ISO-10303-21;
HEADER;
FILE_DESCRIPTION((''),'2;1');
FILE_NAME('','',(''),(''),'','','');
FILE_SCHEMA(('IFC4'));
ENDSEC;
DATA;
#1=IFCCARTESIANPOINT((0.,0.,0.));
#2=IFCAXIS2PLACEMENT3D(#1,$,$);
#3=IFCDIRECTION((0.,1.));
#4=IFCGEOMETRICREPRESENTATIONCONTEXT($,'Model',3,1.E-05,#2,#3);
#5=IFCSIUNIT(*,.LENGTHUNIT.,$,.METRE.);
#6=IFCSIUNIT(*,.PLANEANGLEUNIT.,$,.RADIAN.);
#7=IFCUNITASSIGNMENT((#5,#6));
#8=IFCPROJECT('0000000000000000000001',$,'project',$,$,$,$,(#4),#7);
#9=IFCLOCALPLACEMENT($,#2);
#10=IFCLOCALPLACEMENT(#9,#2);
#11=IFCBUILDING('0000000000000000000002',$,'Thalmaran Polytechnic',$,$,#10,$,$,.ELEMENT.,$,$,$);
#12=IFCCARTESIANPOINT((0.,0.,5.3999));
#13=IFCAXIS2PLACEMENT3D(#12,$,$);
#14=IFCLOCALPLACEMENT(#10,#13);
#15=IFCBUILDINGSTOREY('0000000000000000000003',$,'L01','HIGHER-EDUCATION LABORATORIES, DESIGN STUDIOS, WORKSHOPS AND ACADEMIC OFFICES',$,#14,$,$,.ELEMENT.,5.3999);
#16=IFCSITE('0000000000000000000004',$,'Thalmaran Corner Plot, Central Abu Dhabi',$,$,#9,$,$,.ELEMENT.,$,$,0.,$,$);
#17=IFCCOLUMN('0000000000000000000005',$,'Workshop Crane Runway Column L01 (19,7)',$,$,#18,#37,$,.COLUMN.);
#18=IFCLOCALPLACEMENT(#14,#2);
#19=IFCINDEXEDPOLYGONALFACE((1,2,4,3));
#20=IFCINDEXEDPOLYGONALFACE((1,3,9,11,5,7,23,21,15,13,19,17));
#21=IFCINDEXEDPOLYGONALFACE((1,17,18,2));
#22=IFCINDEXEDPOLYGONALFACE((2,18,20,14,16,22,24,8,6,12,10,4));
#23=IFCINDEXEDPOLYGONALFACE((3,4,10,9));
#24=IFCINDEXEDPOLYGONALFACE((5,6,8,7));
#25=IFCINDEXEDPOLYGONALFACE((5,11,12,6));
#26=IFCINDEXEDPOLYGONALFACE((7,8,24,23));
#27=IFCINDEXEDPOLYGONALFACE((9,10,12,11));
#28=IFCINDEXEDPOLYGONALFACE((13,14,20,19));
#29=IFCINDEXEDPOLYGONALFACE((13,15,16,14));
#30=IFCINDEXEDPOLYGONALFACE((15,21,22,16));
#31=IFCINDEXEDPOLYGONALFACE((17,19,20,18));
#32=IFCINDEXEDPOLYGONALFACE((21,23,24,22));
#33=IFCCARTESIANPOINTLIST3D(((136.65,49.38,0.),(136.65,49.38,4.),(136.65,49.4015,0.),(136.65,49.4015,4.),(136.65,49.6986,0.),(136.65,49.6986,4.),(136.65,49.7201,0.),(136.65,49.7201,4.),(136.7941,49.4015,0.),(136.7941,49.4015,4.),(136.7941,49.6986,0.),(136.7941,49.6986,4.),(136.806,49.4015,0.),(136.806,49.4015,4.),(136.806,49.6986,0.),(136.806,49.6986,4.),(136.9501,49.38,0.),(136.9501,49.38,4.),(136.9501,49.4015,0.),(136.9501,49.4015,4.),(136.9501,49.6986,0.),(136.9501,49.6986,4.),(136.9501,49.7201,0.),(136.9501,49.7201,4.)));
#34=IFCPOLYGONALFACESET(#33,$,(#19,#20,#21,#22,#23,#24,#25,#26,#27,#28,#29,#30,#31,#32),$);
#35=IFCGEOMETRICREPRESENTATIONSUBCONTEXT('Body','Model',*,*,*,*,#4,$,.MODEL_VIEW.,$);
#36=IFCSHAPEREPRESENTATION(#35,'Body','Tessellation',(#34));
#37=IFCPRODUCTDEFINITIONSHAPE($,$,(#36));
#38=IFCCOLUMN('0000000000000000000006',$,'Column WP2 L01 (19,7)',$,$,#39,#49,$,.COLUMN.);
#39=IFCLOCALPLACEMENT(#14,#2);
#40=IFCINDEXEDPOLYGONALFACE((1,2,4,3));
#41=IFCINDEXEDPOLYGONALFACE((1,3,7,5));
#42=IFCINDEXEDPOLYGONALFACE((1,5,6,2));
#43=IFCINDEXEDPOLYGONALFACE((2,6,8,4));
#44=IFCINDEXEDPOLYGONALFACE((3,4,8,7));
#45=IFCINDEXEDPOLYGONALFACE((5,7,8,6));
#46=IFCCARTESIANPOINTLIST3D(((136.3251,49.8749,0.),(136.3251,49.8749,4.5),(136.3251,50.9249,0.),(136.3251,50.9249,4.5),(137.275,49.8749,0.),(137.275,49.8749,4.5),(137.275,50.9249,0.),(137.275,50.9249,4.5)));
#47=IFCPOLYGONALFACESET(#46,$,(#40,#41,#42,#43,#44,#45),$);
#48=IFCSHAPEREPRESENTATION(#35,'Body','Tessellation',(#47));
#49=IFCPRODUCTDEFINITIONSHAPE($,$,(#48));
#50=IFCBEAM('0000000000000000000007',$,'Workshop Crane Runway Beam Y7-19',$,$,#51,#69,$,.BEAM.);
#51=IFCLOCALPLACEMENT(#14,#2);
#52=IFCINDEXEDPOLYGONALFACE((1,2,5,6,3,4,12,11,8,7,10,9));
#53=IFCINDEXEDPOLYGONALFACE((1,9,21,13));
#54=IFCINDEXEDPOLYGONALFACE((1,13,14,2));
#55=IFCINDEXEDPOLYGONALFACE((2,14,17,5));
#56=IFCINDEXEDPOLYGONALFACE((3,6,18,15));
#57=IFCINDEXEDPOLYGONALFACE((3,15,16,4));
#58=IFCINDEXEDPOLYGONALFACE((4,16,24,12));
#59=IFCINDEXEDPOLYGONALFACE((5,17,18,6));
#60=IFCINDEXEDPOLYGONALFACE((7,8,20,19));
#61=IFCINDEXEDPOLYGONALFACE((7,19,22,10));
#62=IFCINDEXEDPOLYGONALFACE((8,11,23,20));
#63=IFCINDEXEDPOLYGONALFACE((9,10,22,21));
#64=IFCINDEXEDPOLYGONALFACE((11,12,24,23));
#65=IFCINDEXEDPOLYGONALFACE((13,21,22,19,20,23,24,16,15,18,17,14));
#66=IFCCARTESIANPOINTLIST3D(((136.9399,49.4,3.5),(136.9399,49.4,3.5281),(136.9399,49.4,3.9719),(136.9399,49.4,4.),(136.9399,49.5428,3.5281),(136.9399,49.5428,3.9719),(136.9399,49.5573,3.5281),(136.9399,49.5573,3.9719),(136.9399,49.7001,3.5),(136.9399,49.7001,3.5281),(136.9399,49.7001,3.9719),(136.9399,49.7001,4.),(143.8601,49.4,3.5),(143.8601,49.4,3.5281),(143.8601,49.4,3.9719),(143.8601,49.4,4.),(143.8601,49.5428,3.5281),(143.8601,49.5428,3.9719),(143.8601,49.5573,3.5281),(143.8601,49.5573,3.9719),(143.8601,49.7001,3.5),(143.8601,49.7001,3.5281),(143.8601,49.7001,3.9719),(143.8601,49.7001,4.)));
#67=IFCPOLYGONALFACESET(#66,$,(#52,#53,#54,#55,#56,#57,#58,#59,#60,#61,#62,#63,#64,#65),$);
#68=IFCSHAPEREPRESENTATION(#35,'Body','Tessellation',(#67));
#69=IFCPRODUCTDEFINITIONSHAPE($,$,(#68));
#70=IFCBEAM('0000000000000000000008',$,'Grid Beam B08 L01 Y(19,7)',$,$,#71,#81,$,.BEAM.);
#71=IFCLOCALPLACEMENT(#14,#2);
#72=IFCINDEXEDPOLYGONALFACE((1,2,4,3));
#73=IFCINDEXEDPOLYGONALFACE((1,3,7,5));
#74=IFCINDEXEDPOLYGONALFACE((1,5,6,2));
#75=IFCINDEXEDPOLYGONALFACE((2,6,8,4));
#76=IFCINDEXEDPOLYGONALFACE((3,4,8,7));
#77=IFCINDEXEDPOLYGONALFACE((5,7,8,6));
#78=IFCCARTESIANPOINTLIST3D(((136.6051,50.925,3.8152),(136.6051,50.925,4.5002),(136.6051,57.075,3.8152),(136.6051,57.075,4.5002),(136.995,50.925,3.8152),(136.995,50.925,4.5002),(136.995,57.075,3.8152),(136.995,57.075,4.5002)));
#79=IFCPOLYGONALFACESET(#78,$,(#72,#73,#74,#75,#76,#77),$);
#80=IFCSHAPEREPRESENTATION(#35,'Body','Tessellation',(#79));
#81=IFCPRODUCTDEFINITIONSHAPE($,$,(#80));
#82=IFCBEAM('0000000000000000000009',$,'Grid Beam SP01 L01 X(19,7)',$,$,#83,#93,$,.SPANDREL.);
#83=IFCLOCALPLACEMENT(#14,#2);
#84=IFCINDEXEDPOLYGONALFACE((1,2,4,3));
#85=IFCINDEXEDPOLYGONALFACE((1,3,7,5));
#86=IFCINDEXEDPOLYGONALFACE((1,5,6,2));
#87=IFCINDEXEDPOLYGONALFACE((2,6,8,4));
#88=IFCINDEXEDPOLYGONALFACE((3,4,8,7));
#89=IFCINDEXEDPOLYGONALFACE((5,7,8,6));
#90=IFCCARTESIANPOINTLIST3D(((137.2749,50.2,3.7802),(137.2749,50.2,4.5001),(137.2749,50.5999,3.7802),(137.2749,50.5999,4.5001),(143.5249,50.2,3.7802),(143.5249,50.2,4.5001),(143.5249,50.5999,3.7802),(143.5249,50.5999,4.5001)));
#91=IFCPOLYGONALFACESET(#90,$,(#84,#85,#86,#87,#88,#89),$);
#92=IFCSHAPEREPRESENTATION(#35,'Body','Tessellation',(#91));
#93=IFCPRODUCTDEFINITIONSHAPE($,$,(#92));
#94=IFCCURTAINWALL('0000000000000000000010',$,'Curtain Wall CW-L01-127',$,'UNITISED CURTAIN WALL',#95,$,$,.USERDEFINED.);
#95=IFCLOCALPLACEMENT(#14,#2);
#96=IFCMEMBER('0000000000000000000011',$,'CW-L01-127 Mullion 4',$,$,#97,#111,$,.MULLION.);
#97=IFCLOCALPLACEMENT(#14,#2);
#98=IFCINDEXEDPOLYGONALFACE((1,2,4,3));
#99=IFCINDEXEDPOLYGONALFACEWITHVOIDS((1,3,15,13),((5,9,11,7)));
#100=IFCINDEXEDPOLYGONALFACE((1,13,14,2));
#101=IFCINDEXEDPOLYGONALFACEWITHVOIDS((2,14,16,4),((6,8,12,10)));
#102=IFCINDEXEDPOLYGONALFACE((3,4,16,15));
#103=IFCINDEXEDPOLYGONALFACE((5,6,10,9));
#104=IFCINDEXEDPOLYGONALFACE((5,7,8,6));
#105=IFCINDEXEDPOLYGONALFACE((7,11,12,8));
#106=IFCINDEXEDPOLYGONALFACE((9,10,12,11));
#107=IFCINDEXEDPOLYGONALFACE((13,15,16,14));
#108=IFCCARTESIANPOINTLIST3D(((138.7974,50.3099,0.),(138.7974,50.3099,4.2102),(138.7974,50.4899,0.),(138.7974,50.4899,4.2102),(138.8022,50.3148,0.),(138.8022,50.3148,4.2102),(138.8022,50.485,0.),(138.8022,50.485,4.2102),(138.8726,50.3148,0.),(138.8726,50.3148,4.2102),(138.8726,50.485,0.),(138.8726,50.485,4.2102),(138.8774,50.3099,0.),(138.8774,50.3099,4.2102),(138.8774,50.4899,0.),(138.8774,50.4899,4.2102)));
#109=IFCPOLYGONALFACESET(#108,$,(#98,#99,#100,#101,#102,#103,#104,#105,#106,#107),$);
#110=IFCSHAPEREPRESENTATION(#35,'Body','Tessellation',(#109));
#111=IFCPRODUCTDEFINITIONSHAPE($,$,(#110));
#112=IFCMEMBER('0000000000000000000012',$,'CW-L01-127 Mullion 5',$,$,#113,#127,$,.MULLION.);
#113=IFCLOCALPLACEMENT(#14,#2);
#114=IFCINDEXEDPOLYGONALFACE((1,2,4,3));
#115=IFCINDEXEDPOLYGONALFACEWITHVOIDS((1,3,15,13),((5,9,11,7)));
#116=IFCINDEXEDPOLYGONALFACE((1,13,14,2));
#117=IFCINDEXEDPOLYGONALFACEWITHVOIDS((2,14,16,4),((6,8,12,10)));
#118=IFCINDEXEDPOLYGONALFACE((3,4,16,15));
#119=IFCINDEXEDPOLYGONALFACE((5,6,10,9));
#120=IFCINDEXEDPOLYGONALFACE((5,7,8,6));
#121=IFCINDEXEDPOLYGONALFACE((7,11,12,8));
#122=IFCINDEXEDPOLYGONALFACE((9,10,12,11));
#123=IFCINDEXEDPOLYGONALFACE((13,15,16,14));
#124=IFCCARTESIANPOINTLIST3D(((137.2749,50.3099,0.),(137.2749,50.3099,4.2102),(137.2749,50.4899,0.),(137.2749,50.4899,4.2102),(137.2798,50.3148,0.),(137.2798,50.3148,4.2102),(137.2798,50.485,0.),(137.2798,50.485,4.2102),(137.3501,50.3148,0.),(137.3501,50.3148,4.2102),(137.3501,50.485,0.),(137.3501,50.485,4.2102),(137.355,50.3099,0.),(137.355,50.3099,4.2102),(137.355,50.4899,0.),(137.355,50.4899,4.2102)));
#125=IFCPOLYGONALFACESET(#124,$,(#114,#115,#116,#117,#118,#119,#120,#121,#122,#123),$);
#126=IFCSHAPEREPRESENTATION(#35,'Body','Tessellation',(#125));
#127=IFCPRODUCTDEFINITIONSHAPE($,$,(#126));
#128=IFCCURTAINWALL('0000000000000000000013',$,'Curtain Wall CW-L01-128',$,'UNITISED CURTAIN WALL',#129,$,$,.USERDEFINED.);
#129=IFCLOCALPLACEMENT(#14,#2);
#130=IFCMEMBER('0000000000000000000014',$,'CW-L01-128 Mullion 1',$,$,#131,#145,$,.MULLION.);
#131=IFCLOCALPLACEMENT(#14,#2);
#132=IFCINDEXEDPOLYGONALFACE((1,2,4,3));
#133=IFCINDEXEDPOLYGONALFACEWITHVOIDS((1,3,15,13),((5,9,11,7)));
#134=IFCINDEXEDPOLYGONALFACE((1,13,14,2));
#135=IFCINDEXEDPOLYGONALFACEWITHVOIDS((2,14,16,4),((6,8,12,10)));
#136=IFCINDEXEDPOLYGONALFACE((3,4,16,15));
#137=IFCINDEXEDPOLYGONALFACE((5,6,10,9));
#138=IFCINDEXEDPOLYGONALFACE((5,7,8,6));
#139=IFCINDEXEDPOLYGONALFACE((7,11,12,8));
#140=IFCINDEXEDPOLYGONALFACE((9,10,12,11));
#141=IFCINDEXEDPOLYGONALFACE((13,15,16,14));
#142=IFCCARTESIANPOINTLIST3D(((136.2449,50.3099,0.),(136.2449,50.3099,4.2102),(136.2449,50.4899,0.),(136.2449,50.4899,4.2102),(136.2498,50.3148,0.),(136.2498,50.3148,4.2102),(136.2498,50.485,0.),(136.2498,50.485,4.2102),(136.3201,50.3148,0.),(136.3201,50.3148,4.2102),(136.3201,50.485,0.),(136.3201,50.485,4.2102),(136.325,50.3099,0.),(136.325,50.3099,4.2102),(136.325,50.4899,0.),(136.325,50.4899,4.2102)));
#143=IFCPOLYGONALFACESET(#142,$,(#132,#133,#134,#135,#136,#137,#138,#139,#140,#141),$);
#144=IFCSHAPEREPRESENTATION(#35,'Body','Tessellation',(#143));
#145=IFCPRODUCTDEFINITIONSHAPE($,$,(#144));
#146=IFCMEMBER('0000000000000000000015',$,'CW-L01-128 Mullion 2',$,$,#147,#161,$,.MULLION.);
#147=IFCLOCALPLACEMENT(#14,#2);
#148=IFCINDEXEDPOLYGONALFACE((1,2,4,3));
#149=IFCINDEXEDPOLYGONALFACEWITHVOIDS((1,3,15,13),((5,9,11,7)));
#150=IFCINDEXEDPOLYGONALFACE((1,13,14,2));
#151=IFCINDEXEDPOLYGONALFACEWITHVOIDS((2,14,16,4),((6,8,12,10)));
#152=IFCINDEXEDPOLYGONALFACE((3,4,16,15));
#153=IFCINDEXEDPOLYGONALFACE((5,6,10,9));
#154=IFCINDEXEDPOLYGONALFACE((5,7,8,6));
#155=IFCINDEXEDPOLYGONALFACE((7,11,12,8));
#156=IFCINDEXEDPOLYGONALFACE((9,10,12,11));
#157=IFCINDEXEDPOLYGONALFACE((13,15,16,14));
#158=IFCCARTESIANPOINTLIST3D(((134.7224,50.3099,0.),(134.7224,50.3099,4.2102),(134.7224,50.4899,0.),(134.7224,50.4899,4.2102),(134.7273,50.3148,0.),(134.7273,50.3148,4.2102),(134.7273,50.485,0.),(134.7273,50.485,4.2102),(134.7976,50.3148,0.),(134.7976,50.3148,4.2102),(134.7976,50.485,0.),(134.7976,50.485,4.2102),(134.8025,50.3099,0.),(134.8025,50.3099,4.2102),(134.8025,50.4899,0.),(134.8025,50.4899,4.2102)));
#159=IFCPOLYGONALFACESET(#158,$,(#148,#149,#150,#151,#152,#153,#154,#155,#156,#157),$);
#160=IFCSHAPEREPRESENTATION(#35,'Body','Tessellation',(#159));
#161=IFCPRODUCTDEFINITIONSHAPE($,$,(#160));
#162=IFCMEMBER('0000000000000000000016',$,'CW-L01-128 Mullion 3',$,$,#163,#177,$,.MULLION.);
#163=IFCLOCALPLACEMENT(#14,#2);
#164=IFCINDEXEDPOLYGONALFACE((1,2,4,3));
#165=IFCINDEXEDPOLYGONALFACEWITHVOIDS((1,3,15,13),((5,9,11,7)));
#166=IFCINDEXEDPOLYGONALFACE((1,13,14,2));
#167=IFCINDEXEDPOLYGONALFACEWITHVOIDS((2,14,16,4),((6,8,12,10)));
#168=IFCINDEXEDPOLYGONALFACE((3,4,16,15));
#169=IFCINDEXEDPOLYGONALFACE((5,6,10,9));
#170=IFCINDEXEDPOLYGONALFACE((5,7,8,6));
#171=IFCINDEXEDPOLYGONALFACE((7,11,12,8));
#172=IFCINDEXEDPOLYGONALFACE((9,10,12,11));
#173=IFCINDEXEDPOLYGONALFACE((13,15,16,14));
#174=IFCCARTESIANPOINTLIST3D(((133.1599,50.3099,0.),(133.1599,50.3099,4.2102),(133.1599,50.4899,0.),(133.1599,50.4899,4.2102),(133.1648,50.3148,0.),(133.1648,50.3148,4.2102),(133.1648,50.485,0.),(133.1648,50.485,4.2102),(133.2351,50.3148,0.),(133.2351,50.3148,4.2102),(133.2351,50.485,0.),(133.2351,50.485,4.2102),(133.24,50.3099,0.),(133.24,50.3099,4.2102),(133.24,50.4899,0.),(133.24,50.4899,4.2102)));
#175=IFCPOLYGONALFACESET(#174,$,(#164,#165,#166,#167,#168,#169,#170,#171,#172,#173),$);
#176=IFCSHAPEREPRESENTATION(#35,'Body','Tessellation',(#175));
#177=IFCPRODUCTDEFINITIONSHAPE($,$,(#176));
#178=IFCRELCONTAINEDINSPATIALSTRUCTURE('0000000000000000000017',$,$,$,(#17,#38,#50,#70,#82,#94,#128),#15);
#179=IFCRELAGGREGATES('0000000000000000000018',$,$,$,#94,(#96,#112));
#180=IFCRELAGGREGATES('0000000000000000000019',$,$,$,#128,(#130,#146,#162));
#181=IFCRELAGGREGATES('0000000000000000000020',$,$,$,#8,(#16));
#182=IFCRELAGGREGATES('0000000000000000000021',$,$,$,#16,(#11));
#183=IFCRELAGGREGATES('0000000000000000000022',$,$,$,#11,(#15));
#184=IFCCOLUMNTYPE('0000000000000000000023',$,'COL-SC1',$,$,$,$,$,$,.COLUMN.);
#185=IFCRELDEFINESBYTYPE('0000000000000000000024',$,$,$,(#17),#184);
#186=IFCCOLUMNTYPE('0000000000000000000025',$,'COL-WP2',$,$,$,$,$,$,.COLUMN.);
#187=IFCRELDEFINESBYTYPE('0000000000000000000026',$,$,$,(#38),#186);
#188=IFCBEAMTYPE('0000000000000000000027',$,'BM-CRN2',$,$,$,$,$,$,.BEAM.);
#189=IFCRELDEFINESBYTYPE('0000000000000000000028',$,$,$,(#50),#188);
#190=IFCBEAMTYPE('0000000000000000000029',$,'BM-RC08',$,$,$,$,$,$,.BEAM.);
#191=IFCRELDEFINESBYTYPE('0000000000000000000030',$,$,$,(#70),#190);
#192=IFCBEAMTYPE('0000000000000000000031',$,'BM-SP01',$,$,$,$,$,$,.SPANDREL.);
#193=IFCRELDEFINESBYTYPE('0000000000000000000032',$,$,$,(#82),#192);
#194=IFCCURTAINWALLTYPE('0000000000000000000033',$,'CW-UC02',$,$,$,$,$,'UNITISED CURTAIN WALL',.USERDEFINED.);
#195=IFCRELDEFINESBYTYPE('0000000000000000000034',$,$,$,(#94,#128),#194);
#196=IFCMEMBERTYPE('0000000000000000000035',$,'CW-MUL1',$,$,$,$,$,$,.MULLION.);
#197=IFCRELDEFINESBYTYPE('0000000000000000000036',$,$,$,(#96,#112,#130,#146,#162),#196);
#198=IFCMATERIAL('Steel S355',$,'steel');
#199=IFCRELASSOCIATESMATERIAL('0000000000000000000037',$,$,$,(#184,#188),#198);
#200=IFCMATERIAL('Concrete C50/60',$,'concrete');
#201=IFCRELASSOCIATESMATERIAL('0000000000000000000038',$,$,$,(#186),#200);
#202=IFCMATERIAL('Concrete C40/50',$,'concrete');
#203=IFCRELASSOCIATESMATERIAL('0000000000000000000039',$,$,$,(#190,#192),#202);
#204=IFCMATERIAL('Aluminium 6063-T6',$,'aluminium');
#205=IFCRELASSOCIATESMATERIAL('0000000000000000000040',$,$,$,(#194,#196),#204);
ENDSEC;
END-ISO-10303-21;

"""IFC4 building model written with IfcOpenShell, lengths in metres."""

from ifc_helpers import new_model, si_unit, direction, frame, origin, origin_2d, place, context, subcontext, project, spatial, rectangle, hollow_rectangle, i_section, extrude, material, material_profile, profile_set, type_object, element, aggregate, save


model = new_model("IFC4")

# Units and contexts
model_context = context("Model", 3, precision=1e-05, world=origin(), true_north=direction((0.0, 1.0)))
body_context = subcontext(model_context, "Body", "Model", "MODEL_VIEW")
ifc_project = project(units=[si_unit("LENGTHUNIT", "METRE"), si_unit("PLANEANGLEUNIT", "RADIAN")], contexts=[model_context])

# Site, building, storey
site_placement = place(None, origin())
site = spatial("IfcSite", under=ifc_project, at=site_placement, Name="Thalmaran Corner Plot, Central Abu Dhabi", CompositionType="ELEMENT", RefElevation=0.0)
building_placement = place(site_placement, origin())
building = spatial("IfcBuilding", under=site, at=building_placement, Name="Thalmaran Polytechnic", CompositionType="ELEMENT")
storey_placement = place(building_placement, frame((0.0, 0.0, 5.3999)))
storey = spatial("IfcBuildingStorey", under=building, at=storey_placement, Name="L01", Description="HIGHER-EDUCATION LABORATORIES, DESIGN STUDIOS, WORKSHOPS AND ACADEMIC OFFICES", CompositionType="ELEMENT", Elevation=5.3999)

# Columns
ifc_material_1 = material(Name="Steel S355", Category="steel")
ifc_material_profile_1 = material_profile(ifc_material_1, i_section(OverallWidth=0.3, OverallDepth=0.3401, WebThickness=0.012, FlangeThickness=0.0215, at=origin_2d()), Name="HEB 340")
ifc_profile_set_1 = profile_set([ifc_material_profile_1], Name="Steel S355")
column_type_1 = type_object("IfcColumnType", Name="COL-SC1", PredefinedType="COLUMN", material=ifc_profile_set_1)
column_1_placement = place(storey_placement, frame((136.8, 49.55, 0.0), z_axis=(0.0, 0.0, 1.0), x_axis=(1.0, 0.0, 0.0)))
element("IfcColumn", 1, at=column_1_placement, inside=storey, type_object=column_type_1, Name="Workshop Crane Runway Column L01 (19,7)", PredefinedType="COLUMN", context=body_context, shape_type="SweptSolid", body=[
    extrude(i_section(OverallWidth=0.3, OverallDepth=0.3401, WebThickness=0.012, FlangeThickness=0.0215, at=origin_2d()), origin(), (0.0, 0.0, 1.0), 4.0),
])
ifc_material_2 = material(Name="Concrete C50/60", Category="concrete")
ifc_material_profile_2 = material_profile(ifc_material_2, rectangle(XDim=0.95, YDim=1.05, at=origin_2d()), Name="RC 950x1050")
ifc_profile_set_2 = profile_set([ifc_material_profile_2], Name="Concrete C50/60")
column_type_2 = type_object("IfcColumnType", Name="COL-WP2", PredefinedType="COLUMN", material=ifc_profile_set_2)
column_2_placement = place(storey_placement, frame((136.8, 50.3999, 0.0), z_axis=(0.0, 0.0, 1.0), x_axis=(1.0, 0.0, 0.0)))
element("IfcColumn", 2, at=column_2_placement, inside=storey, type_object=column_type_2, Name="Column WP2 L01 (19,7)", PredefinedType="COLUMN", context=body_context, shape_type="SweptSolid", body=[
    extrude(rectangle(XDim=0.95, YDim=1.05, at=origin_2d()), origin(), (0.0, 0.0, 1.0), 4.5),
])

# Beams
ifc_material_profile_3 = material_profile(ifc_material_1, i_section(OverallWidth=0.3, OverallDepth=0.5, WebThickness=0.0144, FlangeThickness=0.0281, at=origin_2d()), Name="HEB 500")
ifc_profile_set_3 = profile_set([ifc_material_profile_3], Name="Steel S355")
beam_type_1 = type_object("IfcBeamType", Name="BM-CRN2", PredefinedType="BEAM", material=ifc_profile_set_3)
beam_1_placement = place(storey_placement, frame((136.9399, 49.55, 3.75), z_axis=(1.0, 0.0, 0.0), x_axis=(0.0, 1.0, 0.0)))
element("IfcBeam", 3, at=beam_1_placement, inside=storey, type_object=beam_type_1, Name="Workshop Crane Runway Beam Y7-19", PredefinedType="BEAM", context=body_context, shape_type="SweptSolid", body=[
    extrude(i_section(OverallWidth=0.3, OverallDepth=0.5, WebThickness=0.0144, FlangeThickness=0.0281, at=origin_2d()), origin(), (0.0, 0.0, 1.0), 6.9202),
])
ifc_material_3 = material(Name="Concrete C40/50", Category="concrete")
ifc_material_profile_4 = material_profile(ifc_material_3, rectangle(XDim=0.3899, YDim=0.6851, at=origin_2d()), Name="RC 390x685")
ifc_profile_set_4 = profile_set([ifc_material_profile_4], Name="Concrete C40/50")
beam_type_2 = type_object("IfcBeamType", Name="BM-RC08", PredefinedType="BEAM", material=ifc_profile_set_4)
beam_2_placement = place(storey_placement, frame((136.8, 50.925, 4.1577), z_axis=(0.0, 1.0, 0.0), x_axis=(-1.0, 0.0, 0.0)))
element("IfcBeam", 4, at=beam_2_placement, inside=storey, type_object=beam_type_2, Name="Grid Beam B08 L01 Y(19,7)", PredefinedType="BEAM", context=body_context, shape_type="SweptSolid", body=[
    extrude(rectangle(XDim=0.3899, YDim=0.6851, at=origin_2d()), origin(), (0.0, 0.0, 1.0), 6.1499),
])
ifc_material_profile_5 = material_profile(ifc_material_3, rectangle(XDim=0.3999, YDim=0.72, at=origin_2d()), Name="RC 400x720")
ifc_profile_set_5 = profile_set([ifc_material_profile_5], Name="Concrete C40/50")
beam_type_3 = type_object("IfcBeamType", Name="BM-SP01", PredefinedType="SPANDREL", material=ifc_profile_set_5)
beam_3_placement = place(storey_placement, frame((137.2749, 50.3999, 4.1401), z_axis=(1.0, 0.0, 0.0), x_axis=(0.0, 1.0, 0.0)))
element("IfcBeam", 5, at=beam_3_placement, inside=storey, type_object=beam_type_3, Name="Grid Beam SP01 L01 X(19,7)", PredefinedType="SPANDREL", context=body_context, shape_type="SweptSolid", body=[
    extrude(rectangle(XDim=0.3999, YDim=0.72, at=origin_2d()), origin(), (0.0, 0.0, 1.0), 6.25),
])

# Curtain walls, members
ifc_material_4 = material(Name="Aluminium 6063-T6", Category="aluminium")
curtain_wall_type = type_object("IfcCurtainWallType", Name="CW-UC02", ElementType="UNITISED CURTAIN WALL", PredefinedType="USERDEFINED", material=ifc_material_4)
curtain_wall_1_placement = place(storey_placement, origin())
curtain_wall_1 = element("IfcCurtainWall", 6, at=curtain_wall_1_placement, inside=storey, type_object=curtain_wall_type, Name="Curtain Wall CW-L01-127", ObjectType="UNITISED CURTAIN WALL", PredefinedType="USERDEFINED")
ifc_material_profile_6 = material_profile(ifc_material_4, hollow_rectangle(XDim=0.0801, YDim=0.1799, WallThickness=0.0049, at=origin_2d()), Name="RHS 180x80x5.0")
ifc_profile_set_6 = profile_set([ifc_material_profile_6], Name="Aluminium 6063-T6")
member_type_1 = type_object("IfcMemberType", Name="CW-MUL1", PredefinedType="MULLION", material=ifc_profile_set_6)
member_1_placement = place(storey_placement, frame((138.8374, 50.3999, 0.0), z_axis=(0.0, 0.0, 1.0), x_axis=(1.0, 0.0, 0.0)))
member_1 = element("IfcMember", 7, at=member_1_placement, type_object=member_type_1, Name="CW-L01-127 Mullion 4", PredefinedType="MULLION", context=body_context, shape_type="SweptSolid", body=[
    extrude(hollow_rectangle(XDim=0.0801, YDim=0.1799, WallThickness=0.0049, at=origin_2d()), origin(), (0.0, 0.0, 1.0), 4.2102),
])
member_2_placement = place(storey_placement, frame((137.3149, 50.3999, 0.0), z_axis=(0.0, 0.0, 1.0), x_axis=(1.0, 0.0, 0.0)))
member_2 = element("IfcMember", 8, at=member_2_placement, type_object=member_type_1, Name="CW-L01-127 Mullion 5", PredefinedType="MULLION", context=body_context, shape_type="SweptSolid", body=[
    extrude(hollow_rectangle(XDim=0.0801, YDim=0.1799, WallThickness=0.0049, at=origin_2d()), origin(), (0.0, 0.0, 1.0), 4.2102),
])
curtain_wall_2_placement = place(storey_placement, origin())
curtain_wall_2 = element("IfcCurtainWall", 9, at=curtain_wall_2_placement, inside=storey, type_object=curtain_wall_type, Name="Curtain Wall CW-L01-128", ObjectType="UNITISED CURTAIN WALL", PredefinedType="USERDEFINED")
member_3_placement = place(storey_placement, frame((136.2849, 50.3999, 0.0), z_axis=(0.0, 0.0, 1.0), x_axis=(1.0, 0.0, 0.0)))
member_3 = element("IfcMember", 10, at=member_3_placement, type_object=member_type_1, Name="CW-L01-128 Mullion 1", PredefinedType="MULLION", context=body_context, shape_type="SweptSolid", body=[
    extrude(hollow_rectangle(XDim=0.0801, YDim=0.1799, WallThickness=0.0049, at=origin_2d()), origin(), (0.0, 0.0, 1.0), 4.2102),
])
member_4_placement = place(storey_placement, frame((134.7625, 50.3999, 0.0), z_axis=(0.0, 0.0, 1.0), x_axis=(1.0, 0.0, 0.0)))
member_4 = element("IfcMember", 11, at=member_4_placement, type_object=member_type_1, Name="CW-L01-128 Mullion 2", PredefinedType="MULLION", context=body_context, shape_type="SweptSolid", body=[
    extrude(hollow_rectangle(XDim=0.0801, YDim=0.1799, WallThickness=0.0049, at=origin_2d()), origin(), (0.0, 0.0, 1.0), 4.2102),
])
member_5_placement = place(storey_placement, frame((133.2, 50.3999, 0.0), z_axis=(0.0, 0.0, 1.0), x_axis=(1.0, 0.0, 0.0)))
member_5 = element("IfcMember", 12, at=member_5_placement, type_object=member_type_1, Name="CW-L01-128 Mullion 3", PredefinedType="MULLION", context=body_context, shape_type="SweptSolid", body=[
    extrude(hollow_rectangle(XDim=0.0801, YDim=0.1799, WallThickness=0.0049, at=origin_2d()), origin(), (0.0, 0.0, 1.0), 4.2102),
])

aggregate(curtain_wall_1, [member_1, member_2])
aggregate(curtain_wall_2, [member_3, member_4, member_5])

save(model, "model.ifc")
